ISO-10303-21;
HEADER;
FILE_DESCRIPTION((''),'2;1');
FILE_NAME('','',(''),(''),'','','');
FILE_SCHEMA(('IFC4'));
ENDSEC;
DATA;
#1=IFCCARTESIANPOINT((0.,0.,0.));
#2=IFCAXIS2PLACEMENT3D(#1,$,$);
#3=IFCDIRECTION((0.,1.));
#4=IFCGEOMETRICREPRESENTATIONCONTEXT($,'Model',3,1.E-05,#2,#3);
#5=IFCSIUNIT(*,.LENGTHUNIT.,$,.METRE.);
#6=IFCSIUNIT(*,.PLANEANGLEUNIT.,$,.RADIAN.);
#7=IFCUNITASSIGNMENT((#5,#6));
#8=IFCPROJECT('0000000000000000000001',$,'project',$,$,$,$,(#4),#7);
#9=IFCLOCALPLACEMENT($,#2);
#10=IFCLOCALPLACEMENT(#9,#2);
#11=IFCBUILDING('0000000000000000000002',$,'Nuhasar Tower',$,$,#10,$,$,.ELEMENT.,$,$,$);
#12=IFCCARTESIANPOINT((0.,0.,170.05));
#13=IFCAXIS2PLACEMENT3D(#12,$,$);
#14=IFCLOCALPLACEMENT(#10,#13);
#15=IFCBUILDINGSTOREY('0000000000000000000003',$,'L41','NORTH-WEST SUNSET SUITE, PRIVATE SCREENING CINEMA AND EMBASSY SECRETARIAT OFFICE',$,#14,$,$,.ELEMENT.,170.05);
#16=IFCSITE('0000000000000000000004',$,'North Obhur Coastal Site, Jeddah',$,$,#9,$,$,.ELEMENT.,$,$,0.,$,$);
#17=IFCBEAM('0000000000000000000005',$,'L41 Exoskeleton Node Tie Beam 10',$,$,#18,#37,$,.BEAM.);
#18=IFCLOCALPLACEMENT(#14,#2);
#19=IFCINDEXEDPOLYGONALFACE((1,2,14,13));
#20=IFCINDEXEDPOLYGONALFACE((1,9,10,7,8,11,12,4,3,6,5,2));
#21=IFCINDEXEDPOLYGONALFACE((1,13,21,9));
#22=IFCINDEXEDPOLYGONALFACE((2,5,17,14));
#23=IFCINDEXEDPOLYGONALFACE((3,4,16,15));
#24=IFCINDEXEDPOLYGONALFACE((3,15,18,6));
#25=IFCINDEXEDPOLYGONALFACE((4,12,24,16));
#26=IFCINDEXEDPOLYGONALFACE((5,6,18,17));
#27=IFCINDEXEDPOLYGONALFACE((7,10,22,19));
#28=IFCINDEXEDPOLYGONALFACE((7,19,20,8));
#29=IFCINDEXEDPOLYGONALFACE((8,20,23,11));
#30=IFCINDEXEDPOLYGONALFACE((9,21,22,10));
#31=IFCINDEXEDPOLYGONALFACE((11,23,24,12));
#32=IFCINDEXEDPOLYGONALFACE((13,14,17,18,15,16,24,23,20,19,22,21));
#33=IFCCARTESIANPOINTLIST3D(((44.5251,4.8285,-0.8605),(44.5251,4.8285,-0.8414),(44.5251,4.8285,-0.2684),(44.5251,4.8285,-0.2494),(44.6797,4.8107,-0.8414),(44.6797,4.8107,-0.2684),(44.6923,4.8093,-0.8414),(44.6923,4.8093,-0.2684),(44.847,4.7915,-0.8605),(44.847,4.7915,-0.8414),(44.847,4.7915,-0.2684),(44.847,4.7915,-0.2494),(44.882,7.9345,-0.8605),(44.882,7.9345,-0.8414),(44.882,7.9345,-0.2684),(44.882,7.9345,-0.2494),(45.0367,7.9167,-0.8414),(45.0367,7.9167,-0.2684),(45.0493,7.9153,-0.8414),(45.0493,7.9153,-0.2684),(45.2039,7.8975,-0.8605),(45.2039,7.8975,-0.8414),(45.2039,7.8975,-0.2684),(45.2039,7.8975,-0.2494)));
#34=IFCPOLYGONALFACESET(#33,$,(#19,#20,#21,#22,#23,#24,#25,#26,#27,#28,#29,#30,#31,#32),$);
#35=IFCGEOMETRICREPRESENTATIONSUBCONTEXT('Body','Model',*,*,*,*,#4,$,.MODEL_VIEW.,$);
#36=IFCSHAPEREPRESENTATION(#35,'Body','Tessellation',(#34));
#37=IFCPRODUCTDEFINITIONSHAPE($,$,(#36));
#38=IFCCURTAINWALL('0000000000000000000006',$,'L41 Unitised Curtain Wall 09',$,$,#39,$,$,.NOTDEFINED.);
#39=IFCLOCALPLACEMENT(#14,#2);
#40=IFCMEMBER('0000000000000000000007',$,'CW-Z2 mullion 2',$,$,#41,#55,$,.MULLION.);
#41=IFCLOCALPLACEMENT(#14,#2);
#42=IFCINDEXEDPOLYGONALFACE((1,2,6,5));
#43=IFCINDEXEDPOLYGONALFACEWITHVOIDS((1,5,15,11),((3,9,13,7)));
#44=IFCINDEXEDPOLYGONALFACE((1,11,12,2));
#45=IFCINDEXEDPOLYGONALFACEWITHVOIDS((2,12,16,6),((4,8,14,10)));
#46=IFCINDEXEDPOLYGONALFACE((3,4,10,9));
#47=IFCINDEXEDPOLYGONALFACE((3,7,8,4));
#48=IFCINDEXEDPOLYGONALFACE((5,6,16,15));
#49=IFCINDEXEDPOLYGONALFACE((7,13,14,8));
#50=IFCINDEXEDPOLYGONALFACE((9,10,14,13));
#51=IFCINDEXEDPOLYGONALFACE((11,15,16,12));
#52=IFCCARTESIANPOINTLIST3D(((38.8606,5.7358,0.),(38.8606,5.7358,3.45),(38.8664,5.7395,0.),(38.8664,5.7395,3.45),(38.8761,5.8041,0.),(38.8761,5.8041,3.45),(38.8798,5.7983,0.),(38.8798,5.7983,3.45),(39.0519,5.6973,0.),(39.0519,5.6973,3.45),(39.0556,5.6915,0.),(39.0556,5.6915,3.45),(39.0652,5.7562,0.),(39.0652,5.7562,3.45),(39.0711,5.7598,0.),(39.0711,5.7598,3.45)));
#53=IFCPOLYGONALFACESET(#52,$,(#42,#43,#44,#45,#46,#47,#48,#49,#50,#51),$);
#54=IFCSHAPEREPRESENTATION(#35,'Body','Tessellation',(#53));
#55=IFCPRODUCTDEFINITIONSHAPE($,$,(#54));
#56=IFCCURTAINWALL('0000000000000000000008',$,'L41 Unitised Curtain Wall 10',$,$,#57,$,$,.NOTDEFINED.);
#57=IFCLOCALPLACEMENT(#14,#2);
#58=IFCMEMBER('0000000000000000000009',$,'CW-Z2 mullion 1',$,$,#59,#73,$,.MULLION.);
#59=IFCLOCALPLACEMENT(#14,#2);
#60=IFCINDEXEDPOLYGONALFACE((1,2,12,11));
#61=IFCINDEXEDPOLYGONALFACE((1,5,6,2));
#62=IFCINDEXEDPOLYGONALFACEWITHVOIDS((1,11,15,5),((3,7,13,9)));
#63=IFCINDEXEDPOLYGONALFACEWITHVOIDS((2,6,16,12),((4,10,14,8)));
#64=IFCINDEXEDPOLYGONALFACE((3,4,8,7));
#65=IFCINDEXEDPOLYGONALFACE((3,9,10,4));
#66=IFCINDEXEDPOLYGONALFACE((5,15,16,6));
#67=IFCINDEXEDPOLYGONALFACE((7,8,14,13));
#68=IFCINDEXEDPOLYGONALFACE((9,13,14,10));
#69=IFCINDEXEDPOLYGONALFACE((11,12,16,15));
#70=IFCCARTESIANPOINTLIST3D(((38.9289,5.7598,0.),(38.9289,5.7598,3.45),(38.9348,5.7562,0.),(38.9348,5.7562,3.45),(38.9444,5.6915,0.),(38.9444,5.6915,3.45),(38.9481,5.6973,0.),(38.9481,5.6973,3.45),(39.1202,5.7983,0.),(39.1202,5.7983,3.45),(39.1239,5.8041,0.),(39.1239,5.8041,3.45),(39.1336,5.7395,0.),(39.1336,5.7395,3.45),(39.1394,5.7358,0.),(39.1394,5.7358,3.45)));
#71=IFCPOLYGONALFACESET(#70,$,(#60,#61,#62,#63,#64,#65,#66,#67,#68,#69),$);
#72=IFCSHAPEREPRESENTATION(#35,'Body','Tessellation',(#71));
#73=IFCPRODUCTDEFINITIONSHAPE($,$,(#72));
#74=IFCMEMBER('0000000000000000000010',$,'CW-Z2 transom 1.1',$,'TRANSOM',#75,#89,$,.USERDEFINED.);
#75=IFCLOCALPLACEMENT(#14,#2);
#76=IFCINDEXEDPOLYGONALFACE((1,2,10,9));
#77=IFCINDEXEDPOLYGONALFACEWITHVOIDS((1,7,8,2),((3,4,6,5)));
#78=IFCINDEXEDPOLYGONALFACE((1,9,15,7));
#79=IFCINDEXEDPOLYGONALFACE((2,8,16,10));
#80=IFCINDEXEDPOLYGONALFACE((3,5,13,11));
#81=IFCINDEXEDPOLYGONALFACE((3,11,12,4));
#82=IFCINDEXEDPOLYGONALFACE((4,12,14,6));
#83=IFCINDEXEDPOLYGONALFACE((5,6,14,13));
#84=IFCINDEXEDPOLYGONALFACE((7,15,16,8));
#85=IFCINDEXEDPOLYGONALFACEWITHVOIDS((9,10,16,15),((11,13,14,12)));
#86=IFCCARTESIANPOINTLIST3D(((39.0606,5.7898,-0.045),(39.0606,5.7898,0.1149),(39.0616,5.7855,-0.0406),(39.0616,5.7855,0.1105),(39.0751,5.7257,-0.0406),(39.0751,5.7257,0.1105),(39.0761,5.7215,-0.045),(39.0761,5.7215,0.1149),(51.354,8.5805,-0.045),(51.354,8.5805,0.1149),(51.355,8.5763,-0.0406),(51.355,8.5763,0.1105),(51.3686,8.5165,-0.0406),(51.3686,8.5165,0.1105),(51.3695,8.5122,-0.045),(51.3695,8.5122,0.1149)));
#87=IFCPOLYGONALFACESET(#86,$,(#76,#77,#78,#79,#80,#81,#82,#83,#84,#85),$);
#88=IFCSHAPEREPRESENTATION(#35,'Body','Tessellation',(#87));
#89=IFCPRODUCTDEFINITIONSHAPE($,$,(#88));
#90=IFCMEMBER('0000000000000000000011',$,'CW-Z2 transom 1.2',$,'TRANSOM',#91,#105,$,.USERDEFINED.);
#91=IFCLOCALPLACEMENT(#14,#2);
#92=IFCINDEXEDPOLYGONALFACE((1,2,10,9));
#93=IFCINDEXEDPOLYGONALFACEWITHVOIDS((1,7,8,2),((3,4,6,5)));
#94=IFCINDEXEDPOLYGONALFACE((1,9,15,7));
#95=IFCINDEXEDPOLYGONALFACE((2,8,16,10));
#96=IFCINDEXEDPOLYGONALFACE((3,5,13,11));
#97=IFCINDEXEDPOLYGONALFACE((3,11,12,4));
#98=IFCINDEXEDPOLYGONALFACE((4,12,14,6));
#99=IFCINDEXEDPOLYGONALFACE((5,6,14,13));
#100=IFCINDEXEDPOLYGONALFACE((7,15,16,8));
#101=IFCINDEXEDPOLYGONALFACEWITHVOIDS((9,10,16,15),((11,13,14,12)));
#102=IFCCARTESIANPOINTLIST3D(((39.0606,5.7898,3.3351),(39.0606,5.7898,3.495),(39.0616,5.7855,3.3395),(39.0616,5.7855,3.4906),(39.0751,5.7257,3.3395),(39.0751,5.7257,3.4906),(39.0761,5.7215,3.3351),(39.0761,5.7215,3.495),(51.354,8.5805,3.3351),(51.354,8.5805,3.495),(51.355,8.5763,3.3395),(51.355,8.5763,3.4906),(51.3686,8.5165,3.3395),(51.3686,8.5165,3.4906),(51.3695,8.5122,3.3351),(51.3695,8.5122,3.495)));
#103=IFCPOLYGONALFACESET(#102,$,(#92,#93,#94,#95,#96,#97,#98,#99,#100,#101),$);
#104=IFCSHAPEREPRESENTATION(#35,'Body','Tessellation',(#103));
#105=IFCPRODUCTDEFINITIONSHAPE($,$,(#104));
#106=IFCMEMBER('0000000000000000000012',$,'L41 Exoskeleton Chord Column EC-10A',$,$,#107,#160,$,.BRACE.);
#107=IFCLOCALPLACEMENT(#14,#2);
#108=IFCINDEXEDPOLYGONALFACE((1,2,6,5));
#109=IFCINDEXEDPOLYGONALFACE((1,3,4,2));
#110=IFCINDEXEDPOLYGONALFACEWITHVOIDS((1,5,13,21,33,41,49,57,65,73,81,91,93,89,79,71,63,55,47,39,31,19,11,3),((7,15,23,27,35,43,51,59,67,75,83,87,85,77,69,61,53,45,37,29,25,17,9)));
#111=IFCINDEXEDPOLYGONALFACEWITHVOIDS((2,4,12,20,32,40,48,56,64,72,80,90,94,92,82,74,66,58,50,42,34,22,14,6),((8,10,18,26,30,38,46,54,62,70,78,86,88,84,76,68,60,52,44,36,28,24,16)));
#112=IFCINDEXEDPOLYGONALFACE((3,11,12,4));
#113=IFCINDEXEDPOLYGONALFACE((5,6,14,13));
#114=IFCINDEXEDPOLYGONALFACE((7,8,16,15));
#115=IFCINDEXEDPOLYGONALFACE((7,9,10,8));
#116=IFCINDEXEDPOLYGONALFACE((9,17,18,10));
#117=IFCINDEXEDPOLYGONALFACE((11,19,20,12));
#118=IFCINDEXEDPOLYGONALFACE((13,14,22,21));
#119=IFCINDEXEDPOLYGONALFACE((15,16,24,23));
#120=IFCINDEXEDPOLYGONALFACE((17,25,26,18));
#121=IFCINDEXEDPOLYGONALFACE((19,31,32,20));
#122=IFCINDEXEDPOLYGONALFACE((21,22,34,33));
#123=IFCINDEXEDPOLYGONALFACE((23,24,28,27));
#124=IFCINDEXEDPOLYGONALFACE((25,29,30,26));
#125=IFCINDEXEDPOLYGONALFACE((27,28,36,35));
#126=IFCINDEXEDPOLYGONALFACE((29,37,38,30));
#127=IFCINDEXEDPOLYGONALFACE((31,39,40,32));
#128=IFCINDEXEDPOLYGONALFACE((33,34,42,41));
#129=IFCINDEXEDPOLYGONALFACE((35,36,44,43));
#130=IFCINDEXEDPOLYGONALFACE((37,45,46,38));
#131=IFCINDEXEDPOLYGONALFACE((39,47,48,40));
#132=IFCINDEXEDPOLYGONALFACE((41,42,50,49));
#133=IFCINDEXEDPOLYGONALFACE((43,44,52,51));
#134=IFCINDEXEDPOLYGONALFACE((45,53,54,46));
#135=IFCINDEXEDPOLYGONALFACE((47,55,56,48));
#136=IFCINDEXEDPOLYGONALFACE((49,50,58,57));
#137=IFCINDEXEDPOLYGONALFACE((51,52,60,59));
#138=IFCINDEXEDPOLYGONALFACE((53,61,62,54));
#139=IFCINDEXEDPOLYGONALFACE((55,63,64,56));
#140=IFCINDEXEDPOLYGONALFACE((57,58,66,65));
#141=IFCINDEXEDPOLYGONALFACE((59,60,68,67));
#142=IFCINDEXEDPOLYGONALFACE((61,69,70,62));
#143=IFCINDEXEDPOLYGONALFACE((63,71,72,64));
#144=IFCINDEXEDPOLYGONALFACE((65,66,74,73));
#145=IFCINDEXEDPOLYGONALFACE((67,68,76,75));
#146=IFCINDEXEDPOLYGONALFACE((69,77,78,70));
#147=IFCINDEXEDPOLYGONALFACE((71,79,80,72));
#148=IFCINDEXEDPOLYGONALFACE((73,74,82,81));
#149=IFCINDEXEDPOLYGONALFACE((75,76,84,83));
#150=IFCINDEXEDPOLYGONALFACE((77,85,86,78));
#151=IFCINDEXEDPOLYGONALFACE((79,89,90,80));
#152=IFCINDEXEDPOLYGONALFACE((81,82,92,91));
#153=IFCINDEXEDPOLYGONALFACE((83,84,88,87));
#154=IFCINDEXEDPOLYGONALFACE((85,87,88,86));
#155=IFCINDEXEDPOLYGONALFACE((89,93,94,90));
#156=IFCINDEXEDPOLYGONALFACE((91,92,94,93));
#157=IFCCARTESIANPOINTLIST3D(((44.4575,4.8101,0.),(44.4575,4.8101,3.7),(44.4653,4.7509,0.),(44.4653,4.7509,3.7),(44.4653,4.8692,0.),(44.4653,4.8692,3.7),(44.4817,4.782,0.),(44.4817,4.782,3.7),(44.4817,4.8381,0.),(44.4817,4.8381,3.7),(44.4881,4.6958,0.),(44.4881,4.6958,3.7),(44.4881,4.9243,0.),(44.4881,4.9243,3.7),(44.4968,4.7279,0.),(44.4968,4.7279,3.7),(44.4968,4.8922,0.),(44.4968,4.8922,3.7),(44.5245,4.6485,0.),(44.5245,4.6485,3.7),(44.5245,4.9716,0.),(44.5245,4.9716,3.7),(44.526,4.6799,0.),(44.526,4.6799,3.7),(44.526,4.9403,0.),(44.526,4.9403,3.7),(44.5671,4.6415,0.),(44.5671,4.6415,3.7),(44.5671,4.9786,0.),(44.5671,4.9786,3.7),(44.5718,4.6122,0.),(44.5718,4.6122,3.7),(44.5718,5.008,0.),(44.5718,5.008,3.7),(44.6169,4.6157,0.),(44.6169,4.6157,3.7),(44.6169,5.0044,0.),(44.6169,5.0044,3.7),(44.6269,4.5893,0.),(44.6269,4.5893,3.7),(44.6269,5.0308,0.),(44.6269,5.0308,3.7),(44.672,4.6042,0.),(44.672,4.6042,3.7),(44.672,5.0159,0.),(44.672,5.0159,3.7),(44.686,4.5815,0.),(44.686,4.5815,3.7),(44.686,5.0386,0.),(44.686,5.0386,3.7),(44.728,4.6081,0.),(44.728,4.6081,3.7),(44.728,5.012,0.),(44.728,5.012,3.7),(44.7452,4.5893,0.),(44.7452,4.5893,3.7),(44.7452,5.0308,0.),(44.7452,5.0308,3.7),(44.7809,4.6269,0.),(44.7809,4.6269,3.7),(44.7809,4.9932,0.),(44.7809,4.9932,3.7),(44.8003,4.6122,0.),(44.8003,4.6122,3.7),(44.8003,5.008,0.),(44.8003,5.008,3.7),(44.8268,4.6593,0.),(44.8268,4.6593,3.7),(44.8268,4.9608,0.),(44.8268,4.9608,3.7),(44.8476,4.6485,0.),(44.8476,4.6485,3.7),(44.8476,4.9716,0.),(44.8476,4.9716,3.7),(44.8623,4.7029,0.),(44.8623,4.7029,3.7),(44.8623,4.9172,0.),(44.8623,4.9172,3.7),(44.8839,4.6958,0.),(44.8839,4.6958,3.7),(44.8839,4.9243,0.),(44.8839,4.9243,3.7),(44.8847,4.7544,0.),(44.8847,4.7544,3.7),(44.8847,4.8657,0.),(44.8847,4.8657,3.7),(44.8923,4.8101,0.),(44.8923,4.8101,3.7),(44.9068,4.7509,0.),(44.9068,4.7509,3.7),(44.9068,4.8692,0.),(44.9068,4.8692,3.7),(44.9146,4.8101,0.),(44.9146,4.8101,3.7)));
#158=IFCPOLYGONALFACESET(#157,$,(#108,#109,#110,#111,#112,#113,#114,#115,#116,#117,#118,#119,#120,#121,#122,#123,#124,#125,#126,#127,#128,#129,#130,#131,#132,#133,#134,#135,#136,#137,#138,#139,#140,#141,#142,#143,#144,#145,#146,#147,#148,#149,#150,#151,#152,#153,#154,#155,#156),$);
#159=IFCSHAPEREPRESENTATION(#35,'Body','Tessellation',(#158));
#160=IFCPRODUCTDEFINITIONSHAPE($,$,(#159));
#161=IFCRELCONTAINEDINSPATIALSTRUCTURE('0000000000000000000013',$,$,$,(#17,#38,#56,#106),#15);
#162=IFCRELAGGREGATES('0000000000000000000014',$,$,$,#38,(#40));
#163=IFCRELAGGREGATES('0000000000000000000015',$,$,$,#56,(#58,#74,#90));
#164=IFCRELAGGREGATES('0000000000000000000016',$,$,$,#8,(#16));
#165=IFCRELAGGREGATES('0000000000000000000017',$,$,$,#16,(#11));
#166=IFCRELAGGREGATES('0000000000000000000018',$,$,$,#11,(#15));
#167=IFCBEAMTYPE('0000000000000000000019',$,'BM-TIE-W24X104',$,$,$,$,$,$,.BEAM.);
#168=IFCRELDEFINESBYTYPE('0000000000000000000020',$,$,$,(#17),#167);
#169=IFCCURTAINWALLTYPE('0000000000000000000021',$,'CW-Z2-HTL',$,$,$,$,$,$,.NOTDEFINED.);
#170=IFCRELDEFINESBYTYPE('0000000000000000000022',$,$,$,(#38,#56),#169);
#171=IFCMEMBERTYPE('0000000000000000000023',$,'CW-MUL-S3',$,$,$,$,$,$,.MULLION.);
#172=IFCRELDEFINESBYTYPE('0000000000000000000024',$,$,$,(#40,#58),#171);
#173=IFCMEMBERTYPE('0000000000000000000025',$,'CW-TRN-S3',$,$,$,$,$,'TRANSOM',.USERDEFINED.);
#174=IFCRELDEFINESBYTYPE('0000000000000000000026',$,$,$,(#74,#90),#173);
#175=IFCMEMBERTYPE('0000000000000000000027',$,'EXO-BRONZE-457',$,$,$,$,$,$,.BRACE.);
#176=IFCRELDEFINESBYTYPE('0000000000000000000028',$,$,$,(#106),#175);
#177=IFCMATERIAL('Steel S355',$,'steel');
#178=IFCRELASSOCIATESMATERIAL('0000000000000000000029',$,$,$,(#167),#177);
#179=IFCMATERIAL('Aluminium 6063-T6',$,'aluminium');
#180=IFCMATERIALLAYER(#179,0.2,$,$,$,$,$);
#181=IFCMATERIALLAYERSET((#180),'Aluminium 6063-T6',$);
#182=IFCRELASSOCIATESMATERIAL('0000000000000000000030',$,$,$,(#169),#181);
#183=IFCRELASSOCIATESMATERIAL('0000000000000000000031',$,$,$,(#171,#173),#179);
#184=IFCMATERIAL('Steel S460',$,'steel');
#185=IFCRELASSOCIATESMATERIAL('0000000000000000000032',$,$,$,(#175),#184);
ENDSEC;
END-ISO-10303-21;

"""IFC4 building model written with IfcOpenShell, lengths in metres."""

from ifc_helpers import new_model, si_unit, direction, frame, origin, origin_2d, place, context, subcontext, project, spatial, hollow_rectangle, hollow_circle, i_section, extrude, material, layer, layer_set, material_profile, profile_set, type_object, element, aggregate, save


model = new_model("IFC4")

# Units and contexts
model_context = context("Model", 3, precision=1e-05, world=origin(), true_north=direction((0.0, 1.0)))
body_context = subcontext(model_context, "Body", "Model", "MODEL_VIEW")
ifc_project = project(units=[si_unit("LENGTHUNIT", "METRE"), si_unit("PLANEANGLEUNIT", "RADIAN")], contexts=[model_context])

# Site, building, storey
site_placement = place(None, origin())
site = spatial("IfcSite", under=ifc_project, at=site_placement, Name="North Obhur Coastal Site, Jeddah", CompositionType="ELEMENT", RefElevation=0.0)
building_placement = place(site_placement, origin())
building = spatial("IfcBuilding", under=site, at=building_placement, Name="Nuhasar Tower", CompositionType="ELEMENT")
storey_placement = place(building_placement, frame((0.0, 0.0, 170.05)))
storey = spatial("IfcBuildingStorey", under=building, at=storey_placement, Name="L41", Description="NORTH-WEST SUNSET SUITE, PRIVATE SCREENING CINEMA AND EMBASSY SECRETARIAT OFFICE", CompositionType="ELEMENT", Elevation=170.05)

# Beam
ifc_material_1 = material(Name="Steel S355", Category="steel")
ifc_material_profile_1 = material_profile(ifc_material_1, i_section(OverallWidth=0.324, OverallDepth=0.6111, WebThickness=0.0127, FlangeThickness=0.019, at=origin_2d()), Name="W24X104")
ifc_profile_set_1 = profile_set([ifc_material_profile_1], Name="Steel S355")
beam_type_1 = type_object("IfcBeamType", Name="BM-TIE-W24X104", PredefinedType="BEAM", material=ifc_profile_set_1)
beam_1_placement = place(storey_placement, frame((45.043, 7.916, -0.5549), z_axis=(-0.114168, -0.993461, 0.0), x_axis=(0.993461, -0.114168, 0.0)))
element("IfcBeam", 1, at=beam_1_placement, inside=storey, type_object=beam_type_1, Name="L41 Exoskeleton Node Tie Beam 10", PredefinedType="BEAM", context=body_context, shape_type="SweptSolid", body=[
    extrude(i_section(OverallWidth=0.324, OverallDepth=0.6111, WebThickness=0.0127, FlangeThickness=0.019, at=origin_2d()), origin(), (0.0, 0.0, 1.0), 3.1265),
])

# Curtain wall, member
ifc_material_2 = material(Name="Aluminium 6063-T6", Category="aluminium")
ifc_layer_1 = layer(ifc_material_2, 0.2)
ifc_layer_set_1 = layer_set([ifc_layer_1], Name="Aluminium 6063-T6")
curtain_wall_type = type_object("IfcCurtainWallType", Name="CW-Z2-HTL", PredefinedType="NOTDEFINED", material=ifc_layer_set_1)
curtain_wall_1_placement = place(storey_placement, origin())
curtain_wall_1 = element("IfcCurtainWall", 2, at=curtain_wall_1_placement, inside=storey, type_object=curtain_wall_type, Name="L41 Unitised Curtain Wall 09", PredefinedType="NOTDEFINED")
ifc_material_profile_2 = material_profile(ifc_material_2, hollow_rectangle(XDim=0.0701, YDim=0.2, WallThickness=0.0049, at=origin_2d()), Name="CWM-3")
ifc_profile_set_2 = profile_set([ifc_material_profile_2], Name="Aluminium 6063-T6")
member_type_1 = type_object("IfcMemberType", Name="CW-MUL-S3", PredefinedType="MULLION", material=ifc_profile_set_2)
member_1_placement = place(storey_placement, frame((38.9658, 5.7478, 0.0), z_axis=(0.0, 0.0, 1.0), x_axis=(0.221397, 0.975184, 0.0)))
member_1 = element("IfcMember", 3, at=member_1_placement, type_object=member_type_1, Name="CW-Z2 mullion 2", PredefinedType="MULLION", context=body_context, shape_type="SweptSolid", body=[
    extrude(hollow_rectangle(XDim=0.0701, YDim=0.2, WallThickness=0.0049, at=origin_2d()), origin(), (0.0, 0.0, 1.0), 3.45),
])
aggregate(curtain_wall_1, [member_1])

# Curtain wall, members
curtain_wall_2_placement = place(storey_placement, origin())
curtain_wall_2 = element("IfcCurtainWall", 4, at=curtain_wall_2_placement, inside=storey, type_object=curtain_wall_type, Name="L41 Unitised Curtain Wall 10", PredefinedType="NOTDEFINED")
member_2_placement = place(storey_placement, frame((39.0342, 5.7478, 0.0), z_axis=(0.0, 0.0, 1.0), x_axis=(-0.221397, 0.975184, 0.0)))
member_2 = element("IfcMember", 5, at=member_2_placement, type_object=member_type_1, Name="CW-Z2 mullion 1", PredefinedType="MULLION", context=body_context, shape_type="SweptSolid", body=[
    extrude(hollow_rectangle(XDim=0.0701, YDim=0.2, WallThickness=0.0049, at=origin_2d()), origin(), (0.0, 0.0, 1.0), 3.45),
])
ifc_material_profile_3 = material_profile(ifc_material_2, hollow_rectangle(XDim=0.0701, YDim=0.1599, WallThickness=0.0044, at=origin_2d()), Name="CWT-3")
ifc_profile_set_3 = profile_set([ifc_material_profile_3], Name="Aluminium 6063-T6")
member_type_2 = type_object("IfcMemberType", Name="CW-TRN-S3", ElementType="TRANSOM", PredefinedType="USERDEFINED", material=ifc_profile_set_3)
member_3_placement = place(storey_placement, frame((39.0684, 5.7556, 0.0349), z_axis=(0.975188, 0.22138, 0.0), x_axis=(-0.22138, 0.975188, 0.0)))
member_3 = element("IfcMember", 6, at=member_3_placement, type_object=member_type_2, Name="CW-Z2 transom 1.1", ObjectType="TRANSOM", PredefinedType="USERDEFINED", context=body_context, shape_type="SweptSolid", body=[
    extrude(hollow_rectangle(XDim=0.0701, YDim=0.1599, WallThickness=0.0044, at=origin_2d()), origin(), (0.0, 0.0, 1.0), 12.6062),
])
member_4_placement = place(storey_placement, frame((39.0684, 5.7556, 3.415), z_axis=(0.975188, 0.22138, 0.0), x_axis=(-0.22138, 0.975188, 0.0)))
member_4 = element("IfcMember", 7, at=member_4_placement, type_object=member_type_2, Name="CW-Z2 transom 1.2", ObjectType="TRANSOM", PredefinedType="USERDEFINED", context=body_context, shape_type="SweptSolid", body=[
    extrude(hollow_rectangle(XDim=0.0701, YDim=0.1599, WallThickness=0.0044, at=origin_2d()), origin(), (0.0, 0.0, 1.0), 12.6062),
])

# Member
ifc_material_3 = material(Name="Steel S460", Category="steel")
ifc_material_profile_4 = material_profile(ifc_material_3, hollow_circle(Radius=0.2285, WallThickness=0.0222, at=origin_2d()), Name="HSS457X22.2")
ifc_profile_set_4 = profile_set([ifc_material_profile_4], Name="Steel S460")
member_type_3 = type_object("IfcMemberType", Name="EXO-BRONZE-457", PredefinedType="BRACE", material=ifc_profile_set_4)
member_5_placement = place(storey_placement, frame((44.686, 4.8101, 0.0), z_axis=(0.0, 0.0, 1.0), x_axis=(1.0, 0.0, 0.0)))
element("IfcMember", 8, at=member_5_placement, inside=storey, type_object=member_type_3, Name="L41 Exoskeleton Chord Column EC-10A", PredefinedType="BRACE", context=body_context, shape_type="SweptSolid", body=[
    extrude(hollow_circle(Radius=0.2285, WallThickness=0.0222, at=origin_2d()), origin(), (0.0, 0.0, 1.0), 3.7),
])

aggregate(curtain_wall_2, [member_2, member_3, member_4])

save(model, "model.ifc")
